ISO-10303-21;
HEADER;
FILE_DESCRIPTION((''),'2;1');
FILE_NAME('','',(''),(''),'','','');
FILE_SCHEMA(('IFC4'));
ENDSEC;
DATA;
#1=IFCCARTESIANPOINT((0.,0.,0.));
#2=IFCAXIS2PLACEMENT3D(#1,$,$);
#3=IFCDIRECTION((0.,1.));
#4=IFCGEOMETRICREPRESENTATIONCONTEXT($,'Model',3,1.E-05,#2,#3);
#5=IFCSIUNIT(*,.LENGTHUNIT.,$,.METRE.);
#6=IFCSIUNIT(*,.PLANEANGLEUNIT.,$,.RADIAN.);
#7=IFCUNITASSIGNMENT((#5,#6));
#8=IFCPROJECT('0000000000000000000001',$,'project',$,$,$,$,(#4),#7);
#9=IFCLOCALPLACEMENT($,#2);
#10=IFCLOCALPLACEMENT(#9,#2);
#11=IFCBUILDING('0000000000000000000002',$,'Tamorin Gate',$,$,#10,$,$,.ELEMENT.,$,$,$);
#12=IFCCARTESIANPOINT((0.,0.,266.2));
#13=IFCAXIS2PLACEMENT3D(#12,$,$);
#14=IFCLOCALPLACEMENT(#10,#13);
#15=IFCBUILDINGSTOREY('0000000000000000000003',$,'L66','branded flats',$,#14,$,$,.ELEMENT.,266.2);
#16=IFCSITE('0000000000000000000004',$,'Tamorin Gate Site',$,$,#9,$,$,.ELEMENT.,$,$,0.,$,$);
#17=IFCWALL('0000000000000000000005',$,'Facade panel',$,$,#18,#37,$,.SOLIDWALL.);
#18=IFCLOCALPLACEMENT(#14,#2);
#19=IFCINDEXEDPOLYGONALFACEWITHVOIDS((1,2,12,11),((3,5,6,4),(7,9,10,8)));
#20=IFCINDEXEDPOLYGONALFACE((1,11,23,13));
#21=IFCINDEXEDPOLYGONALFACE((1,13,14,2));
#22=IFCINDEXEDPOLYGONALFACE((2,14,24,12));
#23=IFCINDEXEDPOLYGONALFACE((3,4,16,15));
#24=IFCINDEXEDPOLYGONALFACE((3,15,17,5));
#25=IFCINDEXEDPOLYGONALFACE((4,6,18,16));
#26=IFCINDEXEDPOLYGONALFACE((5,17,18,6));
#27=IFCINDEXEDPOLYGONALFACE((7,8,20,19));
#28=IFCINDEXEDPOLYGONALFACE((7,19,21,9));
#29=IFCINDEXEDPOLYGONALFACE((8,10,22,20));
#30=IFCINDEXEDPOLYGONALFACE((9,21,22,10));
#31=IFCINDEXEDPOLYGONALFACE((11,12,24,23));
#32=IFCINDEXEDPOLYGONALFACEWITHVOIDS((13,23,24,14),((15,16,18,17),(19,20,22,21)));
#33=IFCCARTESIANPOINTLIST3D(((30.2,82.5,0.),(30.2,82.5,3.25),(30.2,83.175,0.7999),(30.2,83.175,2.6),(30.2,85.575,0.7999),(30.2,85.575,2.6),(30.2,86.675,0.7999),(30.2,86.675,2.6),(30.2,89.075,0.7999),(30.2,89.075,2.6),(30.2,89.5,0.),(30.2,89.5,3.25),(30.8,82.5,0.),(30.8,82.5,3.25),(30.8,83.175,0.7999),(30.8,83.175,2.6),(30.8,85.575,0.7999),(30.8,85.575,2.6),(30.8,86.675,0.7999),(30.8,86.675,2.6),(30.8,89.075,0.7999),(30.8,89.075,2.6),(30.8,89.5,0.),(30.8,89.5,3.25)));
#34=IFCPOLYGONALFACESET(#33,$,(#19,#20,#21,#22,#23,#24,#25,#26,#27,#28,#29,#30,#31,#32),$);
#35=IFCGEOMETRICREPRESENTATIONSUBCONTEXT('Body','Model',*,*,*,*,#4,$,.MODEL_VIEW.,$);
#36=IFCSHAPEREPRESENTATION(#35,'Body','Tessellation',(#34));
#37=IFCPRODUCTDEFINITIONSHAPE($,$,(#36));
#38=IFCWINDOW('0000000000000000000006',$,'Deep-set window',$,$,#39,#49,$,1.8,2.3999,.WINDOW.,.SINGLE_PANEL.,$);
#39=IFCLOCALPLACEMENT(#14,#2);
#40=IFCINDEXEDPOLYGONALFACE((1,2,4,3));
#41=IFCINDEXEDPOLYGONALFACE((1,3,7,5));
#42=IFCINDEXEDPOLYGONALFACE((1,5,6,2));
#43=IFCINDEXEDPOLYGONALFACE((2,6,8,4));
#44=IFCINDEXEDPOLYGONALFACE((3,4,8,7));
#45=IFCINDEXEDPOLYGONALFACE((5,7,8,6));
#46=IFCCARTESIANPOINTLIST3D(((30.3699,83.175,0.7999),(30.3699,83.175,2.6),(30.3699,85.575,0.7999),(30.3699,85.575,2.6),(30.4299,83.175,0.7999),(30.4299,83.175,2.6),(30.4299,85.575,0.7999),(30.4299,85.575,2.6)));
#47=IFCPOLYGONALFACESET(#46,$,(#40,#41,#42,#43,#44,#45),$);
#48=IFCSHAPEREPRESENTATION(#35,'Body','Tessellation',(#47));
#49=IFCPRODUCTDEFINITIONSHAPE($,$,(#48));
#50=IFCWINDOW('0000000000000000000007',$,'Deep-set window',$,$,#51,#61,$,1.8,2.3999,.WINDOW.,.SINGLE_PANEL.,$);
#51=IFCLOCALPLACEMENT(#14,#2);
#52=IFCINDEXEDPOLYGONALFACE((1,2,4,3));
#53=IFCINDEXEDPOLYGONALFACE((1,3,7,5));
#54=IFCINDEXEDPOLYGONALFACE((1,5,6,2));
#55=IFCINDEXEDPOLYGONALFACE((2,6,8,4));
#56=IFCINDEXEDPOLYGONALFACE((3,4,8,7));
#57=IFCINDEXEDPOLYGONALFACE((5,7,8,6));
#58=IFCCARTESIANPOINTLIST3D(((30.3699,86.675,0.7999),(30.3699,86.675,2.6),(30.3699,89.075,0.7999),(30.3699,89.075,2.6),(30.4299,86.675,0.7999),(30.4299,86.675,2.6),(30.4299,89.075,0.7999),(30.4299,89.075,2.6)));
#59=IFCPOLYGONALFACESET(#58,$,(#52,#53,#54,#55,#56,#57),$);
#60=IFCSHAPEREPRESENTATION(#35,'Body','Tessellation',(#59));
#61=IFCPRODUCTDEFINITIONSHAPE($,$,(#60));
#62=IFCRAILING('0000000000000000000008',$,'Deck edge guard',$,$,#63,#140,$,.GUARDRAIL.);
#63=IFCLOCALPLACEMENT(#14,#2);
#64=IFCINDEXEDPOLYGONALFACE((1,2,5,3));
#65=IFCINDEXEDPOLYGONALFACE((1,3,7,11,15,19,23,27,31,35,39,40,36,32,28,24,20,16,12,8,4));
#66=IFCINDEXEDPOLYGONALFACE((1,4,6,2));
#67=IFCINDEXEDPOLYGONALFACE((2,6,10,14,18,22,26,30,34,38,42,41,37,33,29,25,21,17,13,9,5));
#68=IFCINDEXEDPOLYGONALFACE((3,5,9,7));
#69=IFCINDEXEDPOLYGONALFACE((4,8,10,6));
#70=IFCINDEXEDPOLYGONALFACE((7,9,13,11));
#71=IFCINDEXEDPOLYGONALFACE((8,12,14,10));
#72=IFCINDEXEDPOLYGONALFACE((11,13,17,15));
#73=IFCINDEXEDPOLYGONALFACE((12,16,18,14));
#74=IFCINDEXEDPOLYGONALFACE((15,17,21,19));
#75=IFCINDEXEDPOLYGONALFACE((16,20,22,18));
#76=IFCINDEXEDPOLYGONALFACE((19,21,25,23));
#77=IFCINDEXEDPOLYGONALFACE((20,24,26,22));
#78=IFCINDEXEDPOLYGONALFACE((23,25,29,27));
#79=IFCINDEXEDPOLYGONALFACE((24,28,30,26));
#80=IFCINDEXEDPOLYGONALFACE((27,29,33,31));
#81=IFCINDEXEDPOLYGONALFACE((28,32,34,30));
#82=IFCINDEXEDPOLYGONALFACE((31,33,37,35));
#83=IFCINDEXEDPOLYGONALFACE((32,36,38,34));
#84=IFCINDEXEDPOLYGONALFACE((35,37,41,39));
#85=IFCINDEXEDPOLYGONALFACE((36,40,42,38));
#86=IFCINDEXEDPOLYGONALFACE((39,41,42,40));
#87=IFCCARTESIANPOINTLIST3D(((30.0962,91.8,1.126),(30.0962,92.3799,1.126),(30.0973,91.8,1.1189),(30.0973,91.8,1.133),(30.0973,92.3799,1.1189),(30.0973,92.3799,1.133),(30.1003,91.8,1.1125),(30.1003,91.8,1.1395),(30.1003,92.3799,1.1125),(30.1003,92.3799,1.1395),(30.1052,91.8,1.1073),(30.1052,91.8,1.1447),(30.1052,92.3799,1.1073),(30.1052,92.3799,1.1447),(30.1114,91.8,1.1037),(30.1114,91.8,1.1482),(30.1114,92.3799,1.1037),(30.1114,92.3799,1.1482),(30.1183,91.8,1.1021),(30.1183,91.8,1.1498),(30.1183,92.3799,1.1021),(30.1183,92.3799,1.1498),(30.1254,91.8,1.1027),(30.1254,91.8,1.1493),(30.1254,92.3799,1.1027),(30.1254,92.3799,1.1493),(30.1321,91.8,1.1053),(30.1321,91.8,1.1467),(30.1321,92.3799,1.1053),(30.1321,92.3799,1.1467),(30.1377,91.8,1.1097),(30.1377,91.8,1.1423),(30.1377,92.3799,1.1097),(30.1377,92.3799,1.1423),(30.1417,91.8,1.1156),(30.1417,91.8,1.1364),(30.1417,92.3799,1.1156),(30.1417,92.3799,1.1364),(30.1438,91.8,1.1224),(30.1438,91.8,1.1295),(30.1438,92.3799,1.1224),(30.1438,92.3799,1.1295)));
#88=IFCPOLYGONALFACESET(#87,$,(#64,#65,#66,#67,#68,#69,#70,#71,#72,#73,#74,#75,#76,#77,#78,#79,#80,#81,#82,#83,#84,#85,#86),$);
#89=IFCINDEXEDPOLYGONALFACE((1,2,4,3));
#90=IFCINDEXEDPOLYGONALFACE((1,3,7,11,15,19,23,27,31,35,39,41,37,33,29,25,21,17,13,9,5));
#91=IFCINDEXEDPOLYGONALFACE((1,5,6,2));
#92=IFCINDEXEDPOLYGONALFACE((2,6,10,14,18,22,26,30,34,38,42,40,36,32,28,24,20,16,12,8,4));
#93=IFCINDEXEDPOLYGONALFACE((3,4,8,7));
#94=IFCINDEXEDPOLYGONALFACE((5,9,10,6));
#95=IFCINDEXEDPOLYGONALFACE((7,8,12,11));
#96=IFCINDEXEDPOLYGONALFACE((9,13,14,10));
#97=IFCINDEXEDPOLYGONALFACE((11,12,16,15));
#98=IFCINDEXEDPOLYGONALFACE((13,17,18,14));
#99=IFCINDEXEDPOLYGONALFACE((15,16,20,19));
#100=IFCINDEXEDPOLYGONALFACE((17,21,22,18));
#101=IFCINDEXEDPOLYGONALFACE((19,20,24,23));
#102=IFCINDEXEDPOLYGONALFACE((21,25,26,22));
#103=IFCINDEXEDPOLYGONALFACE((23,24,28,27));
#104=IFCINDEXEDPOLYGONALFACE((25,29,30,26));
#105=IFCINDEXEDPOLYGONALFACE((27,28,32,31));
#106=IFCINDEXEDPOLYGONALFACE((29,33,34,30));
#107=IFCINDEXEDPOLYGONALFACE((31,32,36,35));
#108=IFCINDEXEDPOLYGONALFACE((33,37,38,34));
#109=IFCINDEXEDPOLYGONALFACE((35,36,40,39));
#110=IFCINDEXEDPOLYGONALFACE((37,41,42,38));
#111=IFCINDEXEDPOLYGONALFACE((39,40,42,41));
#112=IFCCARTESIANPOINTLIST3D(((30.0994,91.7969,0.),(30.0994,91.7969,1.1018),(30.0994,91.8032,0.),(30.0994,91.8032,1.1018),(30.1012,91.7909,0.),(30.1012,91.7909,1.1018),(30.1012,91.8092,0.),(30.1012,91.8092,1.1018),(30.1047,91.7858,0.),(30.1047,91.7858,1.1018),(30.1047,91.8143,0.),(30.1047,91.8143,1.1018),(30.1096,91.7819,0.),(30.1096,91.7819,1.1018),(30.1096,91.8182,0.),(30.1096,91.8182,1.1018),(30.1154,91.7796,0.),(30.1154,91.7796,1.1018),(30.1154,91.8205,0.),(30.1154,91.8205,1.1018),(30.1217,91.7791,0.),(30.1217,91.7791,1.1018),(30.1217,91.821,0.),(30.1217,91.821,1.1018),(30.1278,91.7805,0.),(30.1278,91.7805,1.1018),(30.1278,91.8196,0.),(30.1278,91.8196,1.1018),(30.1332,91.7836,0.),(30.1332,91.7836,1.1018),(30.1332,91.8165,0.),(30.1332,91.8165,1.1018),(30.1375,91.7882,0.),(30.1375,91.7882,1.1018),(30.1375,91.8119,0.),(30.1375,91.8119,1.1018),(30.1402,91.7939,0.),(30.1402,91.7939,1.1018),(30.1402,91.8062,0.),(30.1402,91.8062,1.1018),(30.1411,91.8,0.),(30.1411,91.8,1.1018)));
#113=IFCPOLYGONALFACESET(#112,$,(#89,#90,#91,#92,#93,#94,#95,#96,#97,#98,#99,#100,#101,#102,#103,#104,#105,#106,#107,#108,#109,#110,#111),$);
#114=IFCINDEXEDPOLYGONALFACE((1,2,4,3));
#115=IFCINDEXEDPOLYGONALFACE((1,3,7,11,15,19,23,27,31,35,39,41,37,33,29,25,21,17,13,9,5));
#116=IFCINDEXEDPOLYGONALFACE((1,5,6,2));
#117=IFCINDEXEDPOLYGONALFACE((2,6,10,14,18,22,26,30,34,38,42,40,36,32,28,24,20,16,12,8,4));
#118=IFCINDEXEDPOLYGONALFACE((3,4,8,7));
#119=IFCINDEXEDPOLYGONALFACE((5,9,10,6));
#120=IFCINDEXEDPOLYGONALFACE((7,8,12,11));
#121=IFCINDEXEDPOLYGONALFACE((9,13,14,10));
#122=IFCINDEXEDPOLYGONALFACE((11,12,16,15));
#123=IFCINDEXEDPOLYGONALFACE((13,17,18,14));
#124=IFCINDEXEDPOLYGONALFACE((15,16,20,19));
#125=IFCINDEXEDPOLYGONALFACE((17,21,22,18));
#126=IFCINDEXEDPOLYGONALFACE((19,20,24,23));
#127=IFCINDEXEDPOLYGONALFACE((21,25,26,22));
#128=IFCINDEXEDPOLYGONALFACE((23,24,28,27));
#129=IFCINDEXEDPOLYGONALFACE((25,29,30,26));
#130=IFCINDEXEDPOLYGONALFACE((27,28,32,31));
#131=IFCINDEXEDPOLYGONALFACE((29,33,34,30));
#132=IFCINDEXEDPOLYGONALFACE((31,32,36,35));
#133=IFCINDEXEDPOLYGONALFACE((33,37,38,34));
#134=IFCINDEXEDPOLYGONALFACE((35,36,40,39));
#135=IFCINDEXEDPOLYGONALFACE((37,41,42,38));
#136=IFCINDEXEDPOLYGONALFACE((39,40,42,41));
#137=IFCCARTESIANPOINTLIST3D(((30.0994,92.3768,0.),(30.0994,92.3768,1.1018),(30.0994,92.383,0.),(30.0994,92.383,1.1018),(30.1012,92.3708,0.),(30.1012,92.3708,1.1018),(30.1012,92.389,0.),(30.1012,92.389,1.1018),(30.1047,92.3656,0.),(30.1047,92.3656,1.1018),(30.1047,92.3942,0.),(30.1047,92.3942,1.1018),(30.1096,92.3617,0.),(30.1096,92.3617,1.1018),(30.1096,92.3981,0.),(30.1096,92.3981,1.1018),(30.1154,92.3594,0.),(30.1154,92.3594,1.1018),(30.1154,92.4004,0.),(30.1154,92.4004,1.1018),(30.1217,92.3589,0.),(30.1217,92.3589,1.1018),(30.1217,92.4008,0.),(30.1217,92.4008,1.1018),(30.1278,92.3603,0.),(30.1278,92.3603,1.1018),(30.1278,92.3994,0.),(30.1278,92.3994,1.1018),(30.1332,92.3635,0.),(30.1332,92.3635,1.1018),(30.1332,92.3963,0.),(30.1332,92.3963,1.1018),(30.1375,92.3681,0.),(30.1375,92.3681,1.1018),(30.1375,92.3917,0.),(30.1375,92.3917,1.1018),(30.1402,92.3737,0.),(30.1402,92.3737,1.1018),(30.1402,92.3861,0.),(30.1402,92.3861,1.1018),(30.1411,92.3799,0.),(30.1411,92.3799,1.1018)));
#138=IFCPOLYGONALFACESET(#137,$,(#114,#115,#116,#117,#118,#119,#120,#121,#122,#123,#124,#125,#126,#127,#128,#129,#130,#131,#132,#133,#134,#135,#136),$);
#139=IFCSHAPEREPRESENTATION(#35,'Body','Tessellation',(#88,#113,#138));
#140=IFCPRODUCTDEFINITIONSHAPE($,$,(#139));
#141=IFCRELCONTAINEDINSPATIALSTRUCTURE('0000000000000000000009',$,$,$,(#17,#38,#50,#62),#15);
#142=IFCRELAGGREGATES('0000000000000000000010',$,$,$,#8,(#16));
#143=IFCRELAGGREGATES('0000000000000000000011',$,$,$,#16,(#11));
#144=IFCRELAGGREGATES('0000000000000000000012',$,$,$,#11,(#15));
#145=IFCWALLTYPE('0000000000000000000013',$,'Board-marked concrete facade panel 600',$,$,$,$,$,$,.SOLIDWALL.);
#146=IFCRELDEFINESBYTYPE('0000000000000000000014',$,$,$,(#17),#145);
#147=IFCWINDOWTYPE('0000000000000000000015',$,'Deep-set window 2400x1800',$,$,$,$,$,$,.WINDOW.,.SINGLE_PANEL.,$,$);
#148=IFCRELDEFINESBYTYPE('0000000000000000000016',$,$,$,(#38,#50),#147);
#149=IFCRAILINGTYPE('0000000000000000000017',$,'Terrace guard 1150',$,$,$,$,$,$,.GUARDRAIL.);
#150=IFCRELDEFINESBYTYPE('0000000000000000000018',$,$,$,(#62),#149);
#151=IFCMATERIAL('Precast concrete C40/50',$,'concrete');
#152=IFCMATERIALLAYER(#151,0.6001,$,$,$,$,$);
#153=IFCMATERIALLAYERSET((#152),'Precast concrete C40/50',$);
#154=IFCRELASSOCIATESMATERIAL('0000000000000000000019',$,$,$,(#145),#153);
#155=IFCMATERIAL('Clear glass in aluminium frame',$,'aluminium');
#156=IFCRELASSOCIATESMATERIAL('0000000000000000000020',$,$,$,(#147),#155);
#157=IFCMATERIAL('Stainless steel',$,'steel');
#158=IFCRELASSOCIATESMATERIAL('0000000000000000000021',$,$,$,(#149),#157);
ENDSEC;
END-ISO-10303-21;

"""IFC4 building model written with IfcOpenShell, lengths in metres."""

from ifc_helpers import new_model, si_unit, direction, frame, frame_2d, origin, origin_2d, place, context, subcontext, project, spatial, rectangle, circle, extrude, material, layer, layer_set, type_object, element, fill, save


model = new_model("IFC4")

# Units and contexts
model_context = context("Model", 3, precision=1e-05, world=origin(), true_north=direction((0.0, 1.0)))
body_context = subcontext(model_context, "Body", "Model", "MODEL_VIEW")
ifc_project = project(units=[si_unit("LENGTHUNIT", "METRE"), si_unit("PLANEANGLEUNIT", "RADIAN")], contexts=[model_context])

# Site, building, storey
site_placement = place(None, origin())
site = spatial("IfcSite", under=ifc_project, at=site_placement, Name="Tamorin Gate Site", CompositionType="ELEMENT", RefElevation=0.0)
building_placement = place(site_placement, origin())
building = spatial("IfcBuilding", under=site, at=building_placement, Name="Tamorin Gate", CompositionType="ELEMENT")
storey_placement = place(building_placement, frame((0.0, 0.0, 266.2)))
storey = spatial("IfcBuildingStorey", under=building, at=storey_placement, Name="L66", Description="branded flats", CompositionType="ELEMENT", Elevation=266.2)

# Shared definitions
ifc_material_1 = material(Name="Precast concrete C40/50", Category="concrete")
ifc_layer = layer(ifc_material_1, 0.6001)
ifc_layer_set = layer_set([ifc_layer], Name="Precast concrete C40/50")
wall_type = type_object("IfcWallType", Name="Board-marked concrete facade panel 600", PredefinedType="SOLIDWALL", material=ifc_layer_set)

# Shared definitions
ifc_material_2 = material(Name="Clear glass in aluminium frame", Category="aluminium")
window_type_1 = type_object("IfcWindowType", Name="Deep-set window 2400x1800", PartitioningType="SINGLE_PANEL", PredefinedType="WINDOW", material=ifc_material_2)

# Wall, openings, windows
wall_1_placement = place(storey_placement, frame((30.5, 89.5, 0.0), z_axis=(0.0, 0.0, 1.0), x_axis=(0.0, -1.0, 0.0)))
wall_1 = element("IfcWall", 1, at=wall_1_placement, inside=storey, type_object=wall_type, Name="Facade panel", PredefinedType="SOLIDWALL", context=body_context, shape_type="SweptSolid", body=[
    extrude(rectangle(XDim=7.0, YDim=0.6001, at=frame_2d((3.5, 0.0))), origin(), (0.0, 0.0, 1.0), 3.25),
])
opening_1_placement = place(wall_1_placement, frame((3.925, 0.0, 0.8)))
opening_1 = element("IfcOpeningElement", 2, at=opening_1_placement, cuts=wall_1, PredefinedType="OPENING", context=body_context, shape_type="SweptSolid", body=[
    extrude(rectangle(XDim=2.3999, YDim=1.8, at=frame_2d((1.2, 0.8999))), frame((0.0, 0.3101, 0.0), z_axis=(0.0, -1.0, 0.0), x_axis=(1.0, 0.0, 0.0)), (0.0, 0.0, 1.0), 0.6201),
])
opening_2_placement = place(wall_1_placement, frame((0.425, 0.0, 0.8)))
opening_2 = element("IfcOpeningElement", 3, at=opening_2_placement, cuts=wall_1, PredefinedType="OPENING", context=body_context, shape_type="SweptSolid", body=[
    extrude(rectangle(XDim=2.3999, YDim=1.8, at=frame_2d((1.2, 0.8999))), frame((0.0, 0.3101, 0.0), z_axis=(0.0, -1.0, 0.0), x_axis=(1.0, 0.0, 0.0)), (0.0, 0.0, 1.0), 0.6201),
])
window_1_placement = place(opening_1_placement, origin())
window_1 = element("IfcWindow", 4, at=window_1_placement, inside=storey, type_object=window_type_1, Name="Deep-set window", OverallHeight=1.8, OverallWidth=2.3999, PartitioningType="SINGLE_PANEL", PredefinedType="WINDOW", context=body_context, shape_type="SweptSolid", body=[
    extrude(rectangle(XDim=2.3999, YDim=1.8, at=frame_2d((1.2, 0.8999))), frame((0.0, -0.0701, 0.0), z_axis=(0.0, -1.0, 0.0), x_axis=(1.0, 0.0, 0.0)), (0.0, 0.0, 1.0), 0.0601),
])
fill(opening_1, window_1)
window_2_placement = place(opening_2_placement, origin())
window_2 = element("IfcWindow", 5, at=window_2_placement, inside=storey, type_object=window_type_1, Name="Deep-set window", OverallHeight=1.8, OverallWidth=2.3999, PartitioningType="SINGLE_PANEL", PredefinedType="WINDOW", context=body_context, shape_type="SweptSolid", body=[
    extrude(rectangle(XDim=2.3999, YDim=1.8, at=frame_2d((1.2, 0.8999))), frame((0.0, -0.0701, 0.0), z_axis=(0.0, -1.0, 0.0), x_axis=(1.0, 0.0, 0.0)), (0.0, 0.0, 1.0), 0.0601),
])
fill(opening_2, window_2)

# Railing
ifc_material_3 = material(Name="Stainless steel", Category="steel")
railing_type = type_object("IfcRailingType", Name="Terrace guard 1150", PredefinedType="GUARDRAIL", material=ifc_material_3)
railing_1_placement = place(storey_placement, frame((30.1201, 91.8, 0.0)))
element("IfcRailing", 6, at=railing_1_placement, inside=storey, type_object=railing_type, Name="Deck edge guard", PredefinedType="GUARDRAIL", context=body_context, shape_type="SweptSolid", body=[
    extrude(circle(Radius=0.0239, at=origin_2d()), frame((0.0, 0.0, 1.126), z_axis=(0.0, 1.0, 0.0), x_axis=(-1.0, 0.0, 0.0)), (0.0, 0.0, 1.0), 0.5798),
    extrude(circle(Radius=0.021, at=origin_2d()), origin(), (0.0, 0.0, 1.0), 1.1018),
    extrude(circle(Radius=0.021, at=origin_2d()), frame((0.0, 0.5798, 0.0)), (0.0, 0.0, 1.0), 1.1018),
])

save(model, "model.ifc")
